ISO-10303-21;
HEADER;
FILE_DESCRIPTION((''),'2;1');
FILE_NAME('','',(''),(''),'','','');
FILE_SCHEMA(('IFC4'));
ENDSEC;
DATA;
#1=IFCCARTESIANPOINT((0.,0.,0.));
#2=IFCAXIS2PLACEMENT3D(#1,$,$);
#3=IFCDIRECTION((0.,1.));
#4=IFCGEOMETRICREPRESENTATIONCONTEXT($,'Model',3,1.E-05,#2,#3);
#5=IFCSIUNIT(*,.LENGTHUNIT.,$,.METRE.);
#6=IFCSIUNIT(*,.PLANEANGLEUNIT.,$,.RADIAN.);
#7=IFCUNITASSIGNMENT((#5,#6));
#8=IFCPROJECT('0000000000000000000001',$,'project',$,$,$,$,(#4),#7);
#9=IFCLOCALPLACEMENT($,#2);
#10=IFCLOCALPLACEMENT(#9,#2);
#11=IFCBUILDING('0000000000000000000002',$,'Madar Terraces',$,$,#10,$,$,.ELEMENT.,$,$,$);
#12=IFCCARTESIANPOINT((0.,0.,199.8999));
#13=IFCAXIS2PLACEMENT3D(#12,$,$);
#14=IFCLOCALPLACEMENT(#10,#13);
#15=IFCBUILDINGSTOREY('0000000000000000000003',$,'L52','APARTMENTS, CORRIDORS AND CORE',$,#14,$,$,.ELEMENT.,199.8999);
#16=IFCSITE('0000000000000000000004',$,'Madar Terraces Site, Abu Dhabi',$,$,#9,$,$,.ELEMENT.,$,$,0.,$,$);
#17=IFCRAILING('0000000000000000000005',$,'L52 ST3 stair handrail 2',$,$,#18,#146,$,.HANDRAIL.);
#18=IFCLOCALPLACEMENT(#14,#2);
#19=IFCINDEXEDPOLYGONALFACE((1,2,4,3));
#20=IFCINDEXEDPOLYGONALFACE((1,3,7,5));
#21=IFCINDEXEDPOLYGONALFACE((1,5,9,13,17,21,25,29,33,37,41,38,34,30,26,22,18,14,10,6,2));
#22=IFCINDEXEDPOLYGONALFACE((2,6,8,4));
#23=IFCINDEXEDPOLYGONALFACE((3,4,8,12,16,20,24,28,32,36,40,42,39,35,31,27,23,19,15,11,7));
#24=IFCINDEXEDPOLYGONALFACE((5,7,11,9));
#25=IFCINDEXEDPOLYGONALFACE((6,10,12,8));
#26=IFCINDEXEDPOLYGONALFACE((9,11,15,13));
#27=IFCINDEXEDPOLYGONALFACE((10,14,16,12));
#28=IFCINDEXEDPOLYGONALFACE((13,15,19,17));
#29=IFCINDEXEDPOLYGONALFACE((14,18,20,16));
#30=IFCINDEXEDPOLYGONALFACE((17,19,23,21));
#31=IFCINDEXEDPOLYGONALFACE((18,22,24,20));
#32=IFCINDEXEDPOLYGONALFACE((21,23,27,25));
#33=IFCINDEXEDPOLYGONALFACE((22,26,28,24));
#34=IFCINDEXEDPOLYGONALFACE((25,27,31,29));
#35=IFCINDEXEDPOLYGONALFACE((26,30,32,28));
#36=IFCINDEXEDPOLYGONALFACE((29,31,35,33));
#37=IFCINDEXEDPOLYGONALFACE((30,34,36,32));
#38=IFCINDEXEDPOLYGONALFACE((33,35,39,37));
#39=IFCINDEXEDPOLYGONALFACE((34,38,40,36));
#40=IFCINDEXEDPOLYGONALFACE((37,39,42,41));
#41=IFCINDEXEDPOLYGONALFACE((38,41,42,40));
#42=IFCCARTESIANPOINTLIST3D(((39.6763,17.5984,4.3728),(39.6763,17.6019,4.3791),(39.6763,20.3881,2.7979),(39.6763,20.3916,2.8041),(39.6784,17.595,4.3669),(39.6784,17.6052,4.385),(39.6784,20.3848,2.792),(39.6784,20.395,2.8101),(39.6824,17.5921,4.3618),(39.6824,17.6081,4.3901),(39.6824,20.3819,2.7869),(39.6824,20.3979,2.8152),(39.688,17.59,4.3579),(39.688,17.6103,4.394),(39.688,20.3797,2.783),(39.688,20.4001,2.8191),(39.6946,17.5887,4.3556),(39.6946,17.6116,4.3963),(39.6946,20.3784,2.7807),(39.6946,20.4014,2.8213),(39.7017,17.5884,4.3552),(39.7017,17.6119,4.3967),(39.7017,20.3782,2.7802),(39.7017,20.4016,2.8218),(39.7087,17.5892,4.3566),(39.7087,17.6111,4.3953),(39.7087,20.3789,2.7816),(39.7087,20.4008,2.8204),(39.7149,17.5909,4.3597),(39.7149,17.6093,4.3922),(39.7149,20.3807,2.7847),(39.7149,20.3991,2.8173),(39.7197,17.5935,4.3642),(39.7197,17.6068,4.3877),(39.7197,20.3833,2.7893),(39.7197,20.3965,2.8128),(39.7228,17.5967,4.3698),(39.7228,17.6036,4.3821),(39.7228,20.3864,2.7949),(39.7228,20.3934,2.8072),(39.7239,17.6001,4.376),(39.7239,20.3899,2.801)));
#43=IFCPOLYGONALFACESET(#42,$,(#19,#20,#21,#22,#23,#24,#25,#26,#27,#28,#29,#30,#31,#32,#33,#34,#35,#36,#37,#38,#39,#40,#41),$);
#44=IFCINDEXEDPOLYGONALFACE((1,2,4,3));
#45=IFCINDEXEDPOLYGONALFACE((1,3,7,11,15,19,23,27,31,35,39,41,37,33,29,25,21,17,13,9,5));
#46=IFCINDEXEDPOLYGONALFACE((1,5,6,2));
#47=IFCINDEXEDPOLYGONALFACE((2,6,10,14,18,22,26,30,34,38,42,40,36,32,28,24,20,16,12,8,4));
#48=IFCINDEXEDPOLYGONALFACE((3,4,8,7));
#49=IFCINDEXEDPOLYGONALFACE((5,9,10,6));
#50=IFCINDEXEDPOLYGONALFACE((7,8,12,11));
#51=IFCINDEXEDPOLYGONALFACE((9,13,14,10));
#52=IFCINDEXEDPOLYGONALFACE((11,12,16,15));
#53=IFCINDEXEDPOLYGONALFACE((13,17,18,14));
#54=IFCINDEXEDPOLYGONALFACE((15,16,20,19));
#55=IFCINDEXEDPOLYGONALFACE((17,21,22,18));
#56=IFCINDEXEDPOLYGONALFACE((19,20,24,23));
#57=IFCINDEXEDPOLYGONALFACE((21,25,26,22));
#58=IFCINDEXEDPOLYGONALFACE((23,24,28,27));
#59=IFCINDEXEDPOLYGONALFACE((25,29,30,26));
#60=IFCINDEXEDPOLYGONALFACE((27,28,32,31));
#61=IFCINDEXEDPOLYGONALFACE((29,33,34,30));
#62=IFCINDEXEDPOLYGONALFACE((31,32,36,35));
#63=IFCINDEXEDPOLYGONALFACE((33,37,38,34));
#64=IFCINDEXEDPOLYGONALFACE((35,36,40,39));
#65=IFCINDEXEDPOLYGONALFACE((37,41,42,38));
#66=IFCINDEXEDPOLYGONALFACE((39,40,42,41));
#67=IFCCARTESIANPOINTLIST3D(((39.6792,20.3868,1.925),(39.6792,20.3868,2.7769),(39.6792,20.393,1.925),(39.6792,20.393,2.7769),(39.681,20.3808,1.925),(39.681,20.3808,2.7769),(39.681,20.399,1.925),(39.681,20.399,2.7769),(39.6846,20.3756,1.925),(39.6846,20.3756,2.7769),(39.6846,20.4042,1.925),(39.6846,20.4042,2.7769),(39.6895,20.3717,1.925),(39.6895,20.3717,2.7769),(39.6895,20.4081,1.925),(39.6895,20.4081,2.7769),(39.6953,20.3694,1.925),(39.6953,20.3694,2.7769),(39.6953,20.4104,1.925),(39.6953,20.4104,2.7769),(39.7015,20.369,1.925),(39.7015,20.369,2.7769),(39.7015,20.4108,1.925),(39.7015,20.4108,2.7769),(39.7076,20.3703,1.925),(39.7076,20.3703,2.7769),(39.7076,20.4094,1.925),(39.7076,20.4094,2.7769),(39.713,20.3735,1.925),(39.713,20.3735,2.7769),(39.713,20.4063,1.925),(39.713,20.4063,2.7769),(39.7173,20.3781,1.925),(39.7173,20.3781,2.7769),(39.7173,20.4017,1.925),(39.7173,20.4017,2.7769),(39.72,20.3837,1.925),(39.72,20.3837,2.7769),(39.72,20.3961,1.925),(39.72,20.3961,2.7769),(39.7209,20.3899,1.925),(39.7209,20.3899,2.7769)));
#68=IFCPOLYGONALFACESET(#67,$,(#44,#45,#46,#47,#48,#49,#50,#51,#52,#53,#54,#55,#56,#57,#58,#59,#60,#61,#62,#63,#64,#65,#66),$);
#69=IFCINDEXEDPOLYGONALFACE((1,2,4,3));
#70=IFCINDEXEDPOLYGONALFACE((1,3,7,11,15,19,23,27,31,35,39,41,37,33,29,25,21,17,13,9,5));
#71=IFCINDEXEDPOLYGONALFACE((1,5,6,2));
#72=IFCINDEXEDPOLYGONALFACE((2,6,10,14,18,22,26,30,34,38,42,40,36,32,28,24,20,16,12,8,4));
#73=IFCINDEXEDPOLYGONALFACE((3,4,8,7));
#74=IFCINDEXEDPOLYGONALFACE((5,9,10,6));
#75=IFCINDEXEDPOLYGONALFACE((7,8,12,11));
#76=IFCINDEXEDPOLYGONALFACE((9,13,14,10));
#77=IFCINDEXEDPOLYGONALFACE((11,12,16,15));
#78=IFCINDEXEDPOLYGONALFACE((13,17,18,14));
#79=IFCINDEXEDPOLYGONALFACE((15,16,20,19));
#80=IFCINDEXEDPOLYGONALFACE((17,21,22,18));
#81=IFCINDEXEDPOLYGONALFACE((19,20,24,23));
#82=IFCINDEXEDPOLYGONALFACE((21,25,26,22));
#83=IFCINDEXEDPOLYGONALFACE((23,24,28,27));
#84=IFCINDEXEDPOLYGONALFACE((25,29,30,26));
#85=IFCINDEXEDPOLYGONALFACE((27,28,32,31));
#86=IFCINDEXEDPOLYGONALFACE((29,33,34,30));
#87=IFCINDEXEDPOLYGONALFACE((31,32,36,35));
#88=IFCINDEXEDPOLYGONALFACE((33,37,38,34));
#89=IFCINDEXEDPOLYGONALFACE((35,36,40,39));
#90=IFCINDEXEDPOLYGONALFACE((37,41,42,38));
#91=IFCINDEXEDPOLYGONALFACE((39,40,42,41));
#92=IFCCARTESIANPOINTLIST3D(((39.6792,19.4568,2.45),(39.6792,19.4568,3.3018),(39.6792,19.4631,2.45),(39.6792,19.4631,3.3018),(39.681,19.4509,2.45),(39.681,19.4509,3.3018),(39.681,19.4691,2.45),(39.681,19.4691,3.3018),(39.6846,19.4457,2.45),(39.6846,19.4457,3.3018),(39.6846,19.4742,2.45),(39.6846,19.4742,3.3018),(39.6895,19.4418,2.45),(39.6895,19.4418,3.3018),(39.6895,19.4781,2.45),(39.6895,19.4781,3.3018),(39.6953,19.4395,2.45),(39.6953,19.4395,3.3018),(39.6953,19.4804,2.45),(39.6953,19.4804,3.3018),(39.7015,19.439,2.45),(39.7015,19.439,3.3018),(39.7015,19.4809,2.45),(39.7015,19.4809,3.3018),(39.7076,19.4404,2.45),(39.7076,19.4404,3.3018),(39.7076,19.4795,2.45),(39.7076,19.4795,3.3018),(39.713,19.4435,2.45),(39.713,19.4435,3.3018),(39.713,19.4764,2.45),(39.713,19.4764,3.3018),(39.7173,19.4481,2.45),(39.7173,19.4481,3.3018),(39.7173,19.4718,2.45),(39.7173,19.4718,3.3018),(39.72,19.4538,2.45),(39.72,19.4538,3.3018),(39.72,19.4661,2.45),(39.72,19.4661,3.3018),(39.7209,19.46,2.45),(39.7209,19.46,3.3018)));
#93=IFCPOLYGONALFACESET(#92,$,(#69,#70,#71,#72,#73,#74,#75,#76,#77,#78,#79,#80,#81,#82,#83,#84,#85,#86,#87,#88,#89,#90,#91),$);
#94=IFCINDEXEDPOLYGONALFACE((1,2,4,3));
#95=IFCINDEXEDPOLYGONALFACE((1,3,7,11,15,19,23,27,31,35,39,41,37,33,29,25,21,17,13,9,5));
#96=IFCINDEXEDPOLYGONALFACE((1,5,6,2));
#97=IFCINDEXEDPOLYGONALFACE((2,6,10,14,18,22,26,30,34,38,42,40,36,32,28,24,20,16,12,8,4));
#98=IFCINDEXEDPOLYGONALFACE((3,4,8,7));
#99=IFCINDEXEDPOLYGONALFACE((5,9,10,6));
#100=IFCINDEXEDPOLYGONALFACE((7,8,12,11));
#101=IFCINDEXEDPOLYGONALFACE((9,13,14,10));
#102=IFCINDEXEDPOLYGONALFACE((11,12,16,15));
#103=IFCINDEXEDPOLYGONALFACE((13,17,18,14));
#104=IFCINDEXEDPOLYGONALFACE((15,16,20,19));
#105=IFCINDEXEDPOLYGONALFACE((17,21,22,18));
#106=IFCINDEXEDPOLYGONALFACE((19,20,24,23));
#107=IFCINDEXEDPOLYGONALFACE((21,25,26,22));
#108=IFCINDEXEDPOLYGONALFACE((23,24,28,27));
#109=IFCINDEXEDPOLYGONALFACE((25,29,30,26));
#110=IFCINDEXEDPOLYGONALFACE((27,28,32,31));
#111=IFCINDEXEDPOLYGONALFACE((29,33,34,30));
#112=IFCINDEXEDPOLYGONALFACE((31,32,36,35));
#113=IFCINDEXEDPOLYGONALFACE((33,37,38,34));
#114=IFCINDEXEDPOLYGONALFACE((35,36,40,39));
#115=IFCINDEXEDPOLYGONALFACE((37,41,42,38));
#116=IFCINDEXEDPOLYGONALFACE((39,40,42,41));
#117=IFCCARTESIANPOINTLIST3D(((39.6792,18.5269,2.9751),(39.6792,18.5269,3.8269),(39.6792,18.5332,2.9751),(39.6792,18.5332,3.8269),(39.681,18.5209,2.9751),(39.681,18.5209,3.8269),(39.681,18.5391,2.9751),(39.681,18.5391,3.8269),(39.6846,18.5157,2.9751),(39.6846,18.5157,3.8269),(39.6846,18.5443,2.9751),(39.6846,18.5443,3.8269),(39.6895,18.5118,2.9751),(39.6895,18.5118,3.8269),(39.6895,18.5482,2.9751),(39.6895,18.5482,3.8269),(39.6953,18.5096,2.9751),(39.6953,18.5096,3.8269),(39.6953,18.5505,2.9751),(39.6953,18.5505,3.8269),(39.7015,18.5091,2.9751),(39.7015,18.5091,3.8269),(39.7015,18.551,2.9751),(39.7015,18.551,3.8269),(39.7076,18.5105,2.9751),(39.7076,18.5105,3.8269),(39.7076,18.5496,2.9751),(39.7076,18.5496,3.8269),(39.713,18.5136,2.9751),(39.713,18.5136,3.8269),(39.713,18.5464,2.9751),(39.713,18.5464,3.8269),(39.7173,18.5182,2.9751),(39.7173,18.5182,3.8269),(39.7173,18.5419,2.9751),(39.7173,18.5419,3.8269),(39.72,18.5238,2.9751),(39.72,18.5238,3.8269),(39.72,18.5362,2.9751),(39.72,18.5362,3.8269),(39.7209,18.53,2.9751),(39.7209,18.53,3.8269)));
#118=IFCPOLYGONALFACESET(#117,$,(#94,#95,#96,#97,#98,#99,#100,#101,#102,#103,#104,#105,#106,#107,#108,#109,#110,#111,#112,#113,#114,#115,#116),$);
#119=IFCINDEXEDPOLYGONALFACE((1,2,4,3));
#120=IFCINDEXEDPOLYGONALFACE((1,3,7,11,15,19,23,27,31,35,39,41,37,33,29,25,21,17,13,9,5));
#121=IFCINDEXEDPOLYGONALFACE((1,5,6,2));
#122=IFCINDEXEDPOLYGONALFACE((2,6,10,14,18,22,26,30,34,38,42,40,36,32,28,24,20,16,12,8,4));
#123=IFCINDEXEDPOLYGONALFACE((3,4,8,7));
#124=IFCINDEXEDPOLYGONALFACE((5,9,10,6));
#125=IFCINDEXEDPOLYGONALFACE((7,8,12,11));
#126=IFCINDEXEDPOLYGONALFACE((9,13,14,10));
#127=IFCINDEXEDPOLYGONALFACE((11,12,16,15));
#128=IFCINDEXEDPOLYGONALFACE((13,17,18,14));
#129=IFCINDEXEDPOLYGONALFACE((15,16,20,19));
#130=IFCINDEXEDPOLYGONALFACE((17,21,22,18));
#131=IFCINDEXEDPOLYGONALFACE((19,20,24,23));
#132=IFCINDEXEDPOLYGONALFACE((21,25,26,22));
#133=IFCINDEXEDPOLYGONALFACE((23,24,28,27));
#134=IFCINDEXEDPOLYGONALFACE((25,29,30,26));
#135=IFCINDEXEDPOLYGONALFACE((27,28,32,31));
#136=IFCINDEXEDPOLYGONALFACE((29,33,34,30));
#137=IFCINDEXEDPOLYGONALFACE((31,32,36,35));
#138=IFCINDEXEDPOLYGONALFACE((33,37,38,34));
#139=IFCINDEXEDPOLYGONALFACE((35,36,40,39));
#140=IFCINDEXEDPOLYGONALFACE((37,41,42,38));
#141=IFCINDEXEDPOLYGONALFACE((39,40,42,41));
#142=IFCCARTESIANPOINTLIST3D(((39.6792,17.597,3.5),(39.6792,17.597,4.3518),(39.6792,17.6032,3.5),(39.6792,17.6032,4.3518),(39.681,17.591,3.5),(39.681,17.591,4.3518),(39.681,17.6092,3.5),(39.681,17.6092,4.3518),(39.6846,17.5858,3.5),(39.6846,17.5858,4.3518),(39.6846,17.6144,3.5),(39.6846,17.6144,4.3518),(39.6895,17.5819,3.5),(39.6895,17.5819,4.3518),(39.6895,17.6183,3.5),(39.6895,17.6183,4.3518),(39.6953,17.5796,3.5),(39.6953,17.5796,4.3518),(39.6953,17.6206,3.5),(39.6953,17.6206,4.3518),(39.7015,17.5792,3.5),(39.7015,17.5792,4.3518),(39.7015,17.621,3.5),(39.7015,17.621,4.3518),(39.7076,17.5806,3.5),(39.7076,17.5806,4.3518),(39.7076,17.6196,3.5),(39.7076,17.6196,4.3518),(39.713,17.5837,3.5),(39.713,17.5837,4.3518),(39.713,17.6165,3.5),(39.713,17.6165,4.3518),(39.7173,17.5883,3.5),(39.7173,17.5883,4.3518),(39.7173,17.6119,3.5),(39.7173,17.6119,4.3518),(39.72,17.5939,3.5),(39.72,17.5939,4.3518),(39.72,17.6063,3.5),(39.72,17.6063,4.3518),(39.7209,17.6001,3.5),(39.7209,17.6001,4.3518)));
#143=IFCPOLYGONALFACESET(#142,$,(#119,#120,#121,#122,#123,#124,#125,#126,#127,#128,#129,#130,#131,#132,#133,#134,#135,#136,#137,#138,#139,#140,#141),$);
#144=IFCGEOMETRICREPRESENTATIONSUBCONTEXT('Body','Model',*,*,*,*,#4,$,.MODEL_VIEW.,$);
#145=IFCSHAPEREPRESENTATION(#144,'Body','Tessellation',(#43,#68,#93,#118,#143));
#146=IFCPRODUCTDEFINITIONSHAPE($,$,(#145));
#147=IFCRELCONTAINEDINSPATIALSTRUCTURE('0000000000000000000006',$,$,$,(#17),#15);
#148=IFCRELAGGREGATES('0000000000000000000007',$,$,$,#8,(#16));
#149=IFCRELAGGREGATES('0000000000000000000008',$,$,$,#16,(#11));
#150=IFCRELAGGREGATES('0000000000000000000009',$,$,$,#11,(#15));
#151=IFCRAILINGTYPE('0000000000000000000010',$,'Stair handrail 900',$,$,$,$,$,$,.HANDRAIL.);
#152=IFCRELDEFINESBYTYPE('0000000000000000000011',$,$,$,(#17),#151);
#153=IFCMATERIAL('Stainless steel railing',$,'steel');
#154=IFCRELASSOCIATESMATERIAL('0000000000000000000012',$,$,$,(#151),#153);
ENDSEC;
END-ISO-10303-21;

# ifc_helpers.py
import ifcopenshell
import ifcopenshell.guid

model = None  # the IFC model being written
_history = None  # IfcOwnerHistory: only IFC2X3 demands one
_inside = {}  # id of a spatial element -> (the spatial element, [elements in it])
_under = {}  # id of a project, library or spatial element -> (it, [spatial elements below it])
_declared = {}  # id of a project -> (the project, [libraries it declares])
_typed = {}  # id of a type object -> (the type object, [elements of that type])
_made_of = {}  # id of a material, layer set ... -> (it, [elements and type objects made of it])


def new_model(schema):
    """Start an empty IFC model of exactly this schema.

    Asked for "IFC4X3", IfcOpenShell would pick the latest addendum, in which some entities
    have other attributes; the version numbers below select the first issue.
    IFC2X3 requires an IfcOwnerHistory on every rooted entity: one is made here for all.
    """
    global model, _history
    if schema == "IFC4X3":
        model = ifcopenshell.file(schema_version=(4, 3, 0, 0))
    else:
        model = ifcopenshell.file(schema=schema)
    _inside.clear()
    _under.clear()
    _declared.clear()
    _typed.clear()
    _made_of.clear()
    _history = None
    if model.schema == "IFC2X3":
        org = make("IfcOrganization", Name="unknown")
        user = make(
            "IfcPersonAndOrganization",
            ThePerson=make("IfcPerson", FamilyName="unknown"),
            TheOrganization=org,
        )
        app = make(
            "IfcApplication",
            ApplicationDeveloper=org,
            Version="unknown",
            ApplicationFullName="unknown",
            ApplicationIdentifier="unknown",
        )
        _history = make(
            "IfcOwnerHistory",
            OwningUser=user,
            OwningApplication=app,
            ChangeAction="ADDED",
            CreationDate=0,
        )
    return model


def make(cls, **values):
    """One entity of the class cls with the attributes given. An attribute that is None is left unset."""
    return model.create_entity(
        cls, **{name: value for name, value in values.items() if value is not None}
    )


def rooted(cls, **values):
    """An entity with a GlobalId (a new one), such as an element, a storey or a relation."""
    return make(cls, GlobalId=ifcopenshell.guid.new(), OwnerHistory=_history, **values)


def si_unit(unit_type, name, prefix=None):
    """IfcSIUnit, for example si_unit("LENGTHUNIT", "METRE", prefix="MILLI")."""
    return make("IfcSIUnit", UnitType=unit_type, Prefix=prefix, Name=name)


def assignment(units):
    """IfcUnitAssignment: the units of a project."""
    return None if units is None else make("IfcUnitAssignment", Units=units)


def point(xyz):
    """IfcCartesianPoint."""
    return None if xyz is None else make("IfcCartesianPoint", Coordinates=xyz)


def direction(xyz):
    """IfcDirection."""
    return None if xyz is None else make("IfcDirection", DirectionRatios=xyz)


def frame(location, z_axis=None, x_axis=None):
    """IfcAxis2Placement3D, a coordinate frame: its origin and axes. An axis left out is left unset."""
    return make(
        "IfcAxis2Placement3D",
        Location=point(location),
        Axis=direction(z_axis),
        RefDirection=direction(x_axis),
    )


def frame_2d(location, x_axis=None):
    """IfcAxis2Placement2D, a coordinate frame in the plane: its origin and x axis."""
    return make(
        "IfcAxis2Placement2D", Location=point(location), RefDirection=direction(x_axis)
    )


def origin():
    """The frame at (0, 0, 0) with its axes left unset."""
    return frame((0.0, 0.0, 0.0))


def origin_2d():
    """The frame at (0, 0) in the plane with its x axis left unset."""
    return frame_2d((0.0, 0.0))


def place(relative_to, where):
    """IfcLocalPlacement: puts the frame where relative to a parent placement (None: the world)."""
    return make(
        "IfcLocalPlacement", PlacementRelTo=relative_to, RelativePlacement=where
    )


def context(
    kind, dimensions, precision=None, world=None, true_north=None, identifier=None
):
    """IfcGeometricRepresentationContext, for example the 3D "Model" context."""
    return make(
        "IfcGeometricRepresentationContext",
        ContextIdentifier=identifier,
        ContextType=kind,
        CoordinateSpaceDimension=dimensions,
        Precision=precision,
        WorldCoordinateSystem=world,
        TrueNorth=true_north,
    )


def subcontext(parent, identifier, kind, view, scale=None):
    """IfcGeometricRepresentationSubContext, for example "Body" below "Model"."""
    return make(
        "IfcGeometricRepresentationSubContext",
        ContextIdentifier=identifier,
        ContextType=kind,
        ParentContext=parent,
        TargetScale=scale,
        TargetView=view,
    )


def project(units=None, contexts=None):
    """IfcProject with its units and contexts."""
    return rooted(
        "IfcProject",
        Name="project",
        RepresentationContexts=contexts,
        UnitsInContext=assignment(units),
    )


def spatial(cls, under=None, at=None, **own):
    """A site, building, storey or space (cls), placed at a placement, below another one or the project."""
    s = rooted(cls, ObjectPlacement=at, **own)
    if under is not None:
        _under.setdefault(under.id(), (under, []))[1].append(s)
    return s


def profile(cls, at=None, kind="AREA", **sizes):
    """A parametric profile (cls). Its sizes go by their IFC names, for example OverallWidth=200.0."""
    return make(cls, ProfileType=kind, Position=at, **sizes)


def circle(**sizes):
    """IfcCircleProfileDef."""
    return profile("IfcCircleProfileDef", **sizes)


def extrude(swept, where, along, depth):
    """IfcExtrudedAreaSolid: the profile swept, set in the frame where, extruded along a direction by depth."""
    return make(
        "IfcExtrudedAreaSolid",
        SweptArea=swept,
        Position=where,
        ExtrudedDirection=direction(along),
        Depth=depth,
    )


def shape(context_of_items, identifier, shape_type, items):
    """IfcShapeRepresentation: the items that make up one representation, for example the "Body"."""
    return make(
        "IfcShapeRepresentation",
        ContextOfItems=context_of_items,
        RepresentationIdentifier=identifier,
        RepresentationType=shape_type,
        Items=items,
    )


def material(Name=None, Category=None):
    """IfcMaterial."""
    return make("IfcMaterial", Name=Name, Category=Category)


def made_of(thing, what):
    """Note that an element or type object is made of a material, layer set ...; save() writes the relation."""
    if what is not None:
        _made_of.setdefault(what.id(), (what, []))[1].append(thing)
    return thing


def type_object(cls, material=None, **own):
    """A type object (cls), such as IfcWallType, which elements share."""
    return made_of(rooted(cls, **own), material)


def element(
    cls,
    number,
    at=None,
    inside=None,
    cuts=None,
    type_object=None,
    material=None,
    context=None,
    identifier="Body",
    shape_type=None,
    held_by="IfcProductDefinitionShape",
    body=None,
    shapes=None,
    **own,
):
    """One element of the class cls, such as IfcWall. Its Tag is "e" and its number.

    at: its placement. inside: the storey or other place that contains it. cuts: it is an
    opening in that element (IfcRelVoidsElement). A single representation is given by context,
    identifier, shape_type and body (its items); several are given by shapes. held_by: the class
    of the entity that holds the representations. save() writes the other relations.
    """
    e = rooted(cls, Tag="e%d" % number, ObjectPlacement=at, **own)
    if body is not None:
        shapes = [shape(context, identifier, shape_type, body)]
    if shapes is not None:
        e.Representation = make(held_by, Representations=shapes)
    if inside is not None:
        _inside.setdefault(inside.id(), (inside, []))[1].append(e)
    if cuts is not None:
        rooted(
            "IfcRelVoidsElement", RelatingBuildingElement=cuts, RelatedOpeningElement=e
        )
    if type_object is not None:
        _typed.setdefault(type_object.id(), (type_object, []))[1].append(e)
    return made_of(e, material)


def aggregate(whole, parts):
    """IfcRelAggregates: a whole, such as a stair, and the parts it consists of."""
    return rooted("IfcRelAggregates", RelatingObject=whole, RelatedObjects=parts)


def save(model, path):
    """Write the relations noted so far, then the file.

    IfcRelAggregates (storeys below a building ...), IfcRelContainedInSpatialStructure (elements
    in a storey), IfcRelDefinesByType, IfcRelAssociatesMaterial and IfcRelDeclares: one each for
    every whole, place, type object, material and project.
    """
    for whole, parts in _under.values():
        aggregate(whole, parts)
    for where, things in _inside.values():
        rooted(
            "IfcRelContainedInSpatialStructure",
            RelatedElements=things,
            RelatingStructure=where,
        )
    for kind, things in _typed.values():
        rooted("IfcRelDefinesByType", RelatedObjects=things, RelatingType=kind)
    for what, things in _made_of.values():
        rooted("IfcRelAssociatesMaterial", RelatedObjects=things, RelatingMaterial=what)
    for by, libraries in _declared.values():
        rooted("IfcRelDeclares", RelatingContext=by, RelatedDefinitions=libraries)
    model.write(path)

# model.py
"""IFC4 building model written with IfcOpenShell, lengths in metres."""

from ifc_helpers import new_model, si_unit, direction, frame, origin, origin_2d, place, context, subcontext, project, spatial, circle, extrude, material, type_object, element, save


model = new_model("IFC4")

# Units and contexts
model_context = context("Model", 3, precision=1e-05, world=origin(), true_north=direction((0.0, 1.0)))
body_context = subcontext(model_context, "Body", "Model", "MODEL_VIEW")
ifc_project = project(units=[si_unit("LENGTHUNIT", "METRE"), si_unit("PLANEANGLEUNIT", "RADIAN")], contexts=[model_context])

# Site, building, storey
site_placement = place(None, origin())
site = spatial("IfcSite", under=ifc_project, at=site_placement, Name="Madar Terraces Site, Abu Dhabi", CompositionType="ELEMENT", RefElevation=0.0)
building_placement = place(site_placement, origin())
building = spatial("IfcBuilding", under=site, at=building_placement, Name="Madar Terraces", CompositionType="ELEMENT")
storey_placement = place(building_placement, frame((0.0, 0.0, 199.8999)))
storey = spatial("IfcBuildingStorey", under=building, at=storey_placement, Name="L52", Description="APARTMENTS, CORRIDORS AND CORE", CompositionType="ELEMENT", Elevation=199.8999)

# Railing
ifc_material_1 = material(Name="Stainless steel railing", Category="steel")
railing_type_1 = type_object("IfcRailingType", Name="Stair handrail 900", PredefinedType="HANDRAIL", material=ifc_material_1)
railing_1_placement = place(storey_placement, frame((39.7, 20.3899, 1.925)))
element("IfcRailing", 1, at=railing_1_placement, inside=storey, type_object=railing_type_1, Name="L52 ST3 stair handrail 2", PredefinedType="HANDRAIL", context=body_context, shape_type="SweptSolid", body=[
    extrude(circle(Radius=0.0239, at=origin_2d()), frame((0.0, 0.0, 0.876), z_axis=(0.0, -0.870815, 0.49161), x_axis=(1.0, 0.0, 0.0)), (0.0, 0.0, 1.0), 3.2036),
    extrude(circle(Radius=0.021, at=origin_2d()), origin(), (0.0, 0.0, 1.0), 0.8518),
    extrude(circle(Radius=0.021, at=origin_2d()), frame((0.0, -0.9299, 0.5249)), (0.0, 0.0, 1.0), 0.8518),
    extrude(circle(Radius=0.021, at=origin_2d()), frame((0.0, -1.8599, 1.05)), (0.0, 0.0, 1.0), 0.8518),
    extrude(circle(Radius=0.021, at=origin_2d()), frame((0.0, -2.7898, 1.575)), (0.0, 0.0, 1.0), 0.8518),
])

save(model, "model.ifc")
